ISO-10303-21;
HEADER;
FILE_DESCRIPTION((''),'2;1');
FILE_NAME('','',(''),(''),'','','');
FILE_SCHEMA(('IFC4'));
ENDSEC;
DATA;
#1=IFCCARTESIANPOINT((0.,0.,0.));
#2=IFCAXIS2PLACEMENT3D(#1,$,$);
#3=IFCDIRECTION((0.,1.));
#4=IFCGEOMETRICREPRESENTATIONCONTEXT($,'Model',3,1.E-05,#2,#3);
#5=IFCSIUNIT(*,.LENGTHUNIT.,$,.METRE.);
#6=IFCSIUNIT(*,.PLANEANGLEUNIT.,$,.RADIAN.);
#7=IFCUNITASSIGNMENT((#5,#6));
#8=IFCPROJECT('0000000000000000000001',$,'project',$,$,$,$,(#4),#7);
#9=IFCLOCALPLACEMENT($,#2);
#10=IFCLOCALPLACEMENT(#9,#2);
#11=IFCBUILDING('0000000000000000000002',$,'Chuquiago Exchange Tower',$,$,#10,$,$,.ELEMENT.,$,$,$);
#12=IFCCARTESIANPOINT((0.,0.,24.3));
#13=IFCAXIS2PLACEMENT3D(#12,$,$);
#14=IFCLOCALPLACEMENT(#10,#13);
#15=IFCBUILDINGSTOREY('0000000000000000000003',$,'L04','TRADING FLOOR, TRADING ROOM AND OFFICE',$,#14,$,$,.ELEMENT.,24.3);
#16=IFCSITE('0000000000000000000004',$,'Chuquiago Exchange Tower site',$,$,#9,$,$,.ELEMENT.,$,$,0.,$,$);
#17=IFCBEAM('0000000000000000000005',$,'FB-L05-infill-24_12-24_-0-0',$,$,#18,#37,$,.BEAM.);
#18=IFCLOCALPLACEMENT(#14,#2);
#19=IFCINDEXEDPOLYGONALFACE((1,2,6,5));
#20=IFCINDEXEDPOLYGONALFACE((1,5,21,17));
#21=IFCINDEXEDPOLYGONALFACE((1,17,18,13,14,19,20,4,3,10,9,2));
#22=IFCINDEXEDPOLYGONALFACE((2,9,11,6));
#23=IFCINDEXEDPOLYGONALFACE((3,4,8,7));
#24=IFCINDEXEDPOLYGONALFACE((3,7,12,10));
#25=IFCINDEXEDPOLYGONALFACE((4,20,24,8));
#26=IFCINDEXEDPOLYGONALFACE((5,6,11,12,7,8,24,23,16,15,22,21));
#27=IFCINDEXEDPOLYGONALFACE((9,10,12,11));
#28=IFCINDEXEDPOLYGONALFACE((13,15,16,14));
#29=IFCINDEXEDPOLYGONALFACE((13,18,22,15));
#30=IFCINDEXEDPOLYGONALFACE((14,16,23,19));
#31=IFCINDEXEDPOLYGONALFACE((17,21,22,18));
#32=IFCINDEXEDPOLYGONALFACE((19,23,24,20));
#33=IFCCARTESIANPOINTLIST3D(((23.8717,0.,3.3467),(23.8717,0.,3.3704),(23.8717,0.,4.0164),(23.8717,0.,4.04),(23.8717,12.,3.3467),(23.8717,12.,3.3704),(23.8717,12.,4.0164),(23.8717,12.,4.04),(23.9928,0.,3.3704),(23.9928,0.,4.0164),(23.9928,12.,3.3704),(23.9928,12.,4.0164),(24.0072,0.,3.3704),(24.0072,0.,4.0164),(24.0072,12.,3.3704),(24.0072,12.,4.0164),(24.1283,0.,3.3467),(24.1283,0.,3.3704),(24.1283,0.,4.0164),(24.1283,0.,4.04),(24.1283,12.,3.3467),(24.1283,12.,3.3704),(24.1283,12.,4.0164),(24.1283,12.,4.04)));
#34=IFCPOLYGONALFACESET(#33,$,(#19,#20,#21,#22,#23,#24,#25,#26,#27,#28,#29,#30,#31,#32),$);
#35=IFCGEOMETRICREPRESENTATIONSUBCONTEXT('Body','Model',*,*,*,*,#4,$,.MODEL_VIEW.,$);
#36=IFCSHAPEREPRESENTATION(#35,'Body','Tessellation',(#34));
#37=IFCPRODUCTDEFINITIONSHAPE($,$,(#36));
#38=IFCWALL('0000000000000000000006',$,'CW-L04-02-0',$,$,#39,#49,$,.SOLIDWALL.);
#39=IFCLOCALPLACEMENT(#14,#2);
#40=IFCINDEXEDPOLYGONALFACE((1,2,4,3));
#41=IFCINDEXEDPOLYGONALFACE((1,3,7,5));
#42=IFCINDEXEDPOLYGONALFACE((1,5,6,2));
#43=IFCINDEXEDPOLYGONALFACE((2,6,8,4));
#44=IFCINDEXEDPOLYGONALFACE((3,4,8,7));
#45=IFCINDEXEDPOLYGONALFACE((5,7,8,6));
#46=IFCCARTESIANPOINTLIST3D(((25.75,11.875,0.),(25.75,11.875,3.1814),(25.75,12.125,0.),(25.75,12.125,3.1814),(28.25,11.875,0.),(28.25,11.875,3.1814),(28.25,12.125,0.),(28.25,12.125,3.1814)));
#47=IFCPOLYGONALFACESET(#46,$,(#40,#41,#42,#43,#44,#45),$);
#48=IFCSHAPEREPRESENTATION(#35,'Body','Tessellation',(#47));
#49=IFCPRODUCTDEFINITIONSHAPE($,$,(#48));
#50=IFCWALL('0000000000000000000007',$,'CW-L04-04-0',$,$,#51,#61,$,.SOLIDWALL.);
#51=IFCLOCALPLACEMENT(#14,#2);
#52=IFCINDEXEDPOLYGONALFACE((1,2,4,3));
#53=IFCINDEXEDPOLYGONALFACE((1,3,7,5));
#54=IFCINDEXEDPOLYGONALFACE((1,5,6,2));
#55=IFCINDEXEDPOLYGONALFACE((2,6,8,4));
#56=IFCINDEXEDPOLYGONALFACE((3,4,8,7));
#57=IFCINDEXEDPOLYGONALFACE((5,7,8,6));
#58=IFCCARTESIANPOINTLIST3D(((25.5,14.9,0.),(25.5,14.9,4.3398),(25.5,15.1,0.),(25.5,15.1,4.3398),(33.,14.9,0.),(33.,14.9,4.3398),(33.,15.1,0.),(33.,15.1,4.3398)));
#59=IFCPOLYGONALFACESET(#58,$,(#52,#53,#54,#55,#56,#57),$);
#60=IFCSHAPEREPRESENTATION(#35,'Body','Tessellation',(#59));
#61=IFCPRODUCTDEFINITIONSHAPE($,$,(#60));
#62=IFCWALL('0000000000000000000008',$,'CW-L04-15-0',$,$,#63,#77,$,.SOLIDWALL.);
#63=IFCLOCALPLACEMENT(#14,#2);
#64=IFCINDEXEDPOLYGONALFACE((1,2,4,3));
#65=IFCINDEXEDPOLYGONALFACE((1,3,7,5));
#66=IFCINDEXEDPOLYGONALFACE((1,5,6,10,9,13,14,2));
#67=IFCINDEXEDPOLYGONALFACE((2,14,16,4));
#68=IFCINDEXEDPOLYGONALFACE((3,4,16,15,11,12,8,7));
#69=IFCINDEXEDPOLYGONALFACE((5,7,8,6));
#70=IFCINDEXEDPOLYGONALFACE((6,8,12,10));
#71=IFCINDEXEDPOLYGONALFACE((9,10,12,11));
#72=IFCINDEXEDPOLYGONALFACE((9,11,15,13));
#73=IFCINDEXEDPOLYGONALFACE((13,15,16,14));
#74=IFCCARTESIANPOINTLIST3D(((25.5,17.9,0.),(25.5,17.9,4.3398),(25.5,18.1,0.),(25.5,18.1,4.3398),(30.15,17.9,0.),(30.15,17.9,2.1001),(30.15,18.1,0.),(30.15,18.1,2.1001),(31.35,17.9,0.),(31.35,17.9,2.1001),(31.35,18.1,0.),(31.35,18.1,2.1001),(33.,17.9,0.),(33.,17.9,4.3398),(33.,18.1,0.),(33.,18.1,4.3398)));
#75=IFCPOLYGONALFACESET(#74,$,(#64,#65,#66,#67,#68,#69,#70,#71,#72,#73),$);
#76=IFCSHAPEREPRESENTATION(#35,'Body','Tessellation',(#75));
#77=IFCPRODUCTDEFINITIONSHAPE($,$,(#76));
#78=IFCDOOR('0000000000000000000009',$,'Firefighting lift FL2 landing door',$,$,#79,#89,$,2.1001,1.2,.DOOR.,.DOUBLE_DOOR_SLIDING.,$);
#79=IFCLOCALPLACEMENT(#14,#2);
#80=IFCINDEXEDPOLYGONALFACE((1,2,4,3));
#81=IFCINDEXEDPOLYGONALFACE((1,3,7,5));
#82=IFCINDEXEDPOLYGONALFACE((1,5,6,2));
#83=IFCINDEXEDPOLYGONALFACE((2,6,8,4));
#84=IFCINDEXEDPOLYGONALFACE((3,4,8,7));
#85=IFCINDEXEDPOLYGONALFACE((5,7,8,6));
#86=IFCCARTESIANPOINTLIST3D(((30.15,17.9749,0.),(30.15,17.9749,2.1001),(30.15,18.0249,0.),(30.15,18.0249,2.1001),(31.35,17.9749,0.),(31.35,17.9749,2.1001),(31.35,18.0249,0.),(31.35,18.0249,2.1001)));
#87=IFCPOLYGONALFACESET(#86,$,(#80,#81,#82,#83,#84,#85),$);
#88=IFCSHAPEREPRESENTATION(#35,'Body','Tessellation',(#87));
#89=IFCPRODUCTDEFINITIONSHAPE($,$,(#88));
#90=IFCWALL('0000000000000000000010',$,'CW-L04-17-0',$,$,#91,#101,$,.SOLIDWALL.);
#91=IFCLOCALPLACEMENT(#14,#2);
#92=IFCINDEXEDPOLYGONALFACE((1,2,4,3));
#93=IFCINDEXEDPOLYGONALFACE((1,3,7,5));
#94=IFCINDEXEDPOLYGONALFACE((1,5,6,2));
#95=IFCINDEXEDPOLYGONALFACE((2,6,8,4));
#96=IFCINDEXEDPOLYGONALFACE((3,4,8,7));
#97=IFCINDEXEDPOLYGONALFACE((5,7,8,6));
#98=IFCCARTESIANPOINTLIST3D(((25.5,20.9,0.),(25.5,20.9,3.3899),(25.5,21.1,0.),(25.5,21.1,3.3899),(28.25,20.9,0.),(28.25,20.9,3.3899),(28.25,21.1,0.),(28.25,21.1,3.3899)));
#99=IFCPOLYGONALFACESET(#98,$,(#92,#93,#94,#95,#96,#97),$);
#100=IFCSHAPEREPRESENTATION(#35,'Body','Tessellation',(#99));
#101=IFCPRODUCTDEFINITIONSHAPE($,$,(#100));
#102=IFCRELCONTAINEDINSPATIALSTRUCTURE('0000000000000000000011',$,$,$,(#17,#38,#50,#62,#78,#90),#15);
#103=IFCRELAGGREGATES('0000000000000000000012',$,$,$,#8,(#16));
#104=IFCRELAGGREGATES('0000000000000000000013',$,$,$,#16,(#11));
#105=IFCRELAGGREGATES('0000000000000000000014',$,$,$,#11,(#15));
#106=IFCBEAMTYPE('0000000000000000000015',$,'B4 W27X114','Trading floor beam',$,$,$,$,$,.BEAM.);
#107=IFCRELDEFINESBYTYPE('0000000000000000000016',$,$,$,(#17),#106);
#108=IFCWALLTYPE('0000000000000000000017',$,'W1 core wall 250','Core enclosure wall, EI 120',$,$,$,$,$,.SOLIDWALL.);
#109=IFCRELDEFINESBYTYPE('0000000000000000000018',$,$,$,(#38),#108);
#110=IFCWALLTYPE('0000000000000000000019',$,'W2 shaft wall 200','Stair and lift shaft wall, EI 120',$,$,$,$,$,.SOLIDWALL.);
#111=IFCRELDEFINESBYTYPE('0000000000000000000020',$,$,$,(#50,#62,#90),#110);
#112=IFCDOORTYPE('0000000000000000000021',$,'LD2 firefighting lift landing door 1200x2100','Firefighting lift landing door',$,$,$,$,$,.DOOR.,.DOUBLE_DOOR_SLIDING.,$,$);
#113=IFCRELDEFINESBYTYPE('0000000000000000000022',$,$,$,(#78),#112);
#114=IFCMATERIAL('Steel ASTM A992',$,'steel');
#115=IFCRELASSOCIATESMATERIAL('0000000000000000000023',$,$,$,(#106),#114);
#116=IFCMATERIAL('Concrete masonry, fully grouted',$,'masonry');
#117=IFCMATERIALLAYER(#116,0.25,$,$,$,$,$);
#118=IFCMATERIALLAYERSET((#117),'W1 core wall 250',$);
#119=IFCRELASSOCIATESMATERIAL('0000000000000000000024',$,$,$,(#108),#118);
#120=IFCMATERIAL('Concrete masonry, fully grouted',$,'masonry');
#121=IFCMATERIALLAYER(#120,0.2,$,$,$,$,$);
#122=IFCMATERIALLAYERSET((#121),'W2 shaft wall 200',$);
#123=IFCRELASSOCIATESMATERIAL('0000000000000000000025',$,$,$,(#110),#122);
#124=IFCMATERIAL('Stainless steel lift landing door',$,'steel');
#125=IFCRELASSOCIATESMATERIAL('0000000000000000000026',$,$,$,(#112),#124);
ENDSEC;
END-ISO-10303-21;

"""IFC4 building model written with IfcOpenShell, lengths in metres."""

from ifc_helpers import new_model, si_unit, direction, frame, frame_2d, origin, origin_2d, place, context, subcontext, project, spatial, rectangle, i_section, extrude, material, layer, layer_set, material_profile, profile_set, type_object, element, fill, save


model = new_model("IFC4")

# Units and contexts
model_context = context("Model", 3, precision=1e-05, world=origin(), true_north=direction((0.0, 1.0)))
body_context = subcontext(model_context, "Body", "Model", "MODEL_VIEW")
ifc_project = project(units=[si_unit("LENGTHUNIT", "METRE"), si_unit("PLANEANGLEUNIT", "RADIAN")], contexts=[model_context])

# Site, building, storey
site_placement = place(None, origin())
site = spatial("IfcSite", under=ifc_project, at=site_placement, Name="Chuquiago Exchange Tower site", CompositionType="ELEMENT", RefElevation=0.0)
building_placement = place(site_placement, origin())
building = spatial("IfcBuilding", under=site, at=building_placement, Name="Chuquiago Exchange Tower", CompositionType="ELEMENT")
storey_placement = place(building_placement, frame((0.0, 0.0, 24.3)))
storey = spatial("IfcBuildingStorey", under=building, at=storey_placement, Name="L04", Description="TRADING FLOOR, TRADING ROOM AND OFFICE", CompositionType="ELEMENT", Elevation=24.3)

# Beam
ifc_material_1 = material(Name="Steel ASTM A992", Category="steel")
ifc_material_profile_1 = material_profile(ifc_material_1, i_section(OverallWidth=0.2566, OverallDepth=0.6934, WebThickness=0.0144, FlangeThickness=0.0237, at=origin_2d()), Name="W27X114")
ifc_profile_set_1 = profile_set([ifc_material_profile_1], Name="Steel ASTM A992")
beam_type_1 = type_object("IfcBeamType", Name="B4 W27X114", Description="Trading floor beam", PredefinedType="BEAM", material=ifc_profile_set_1)
for number, where, z_axis, x_axis, name in (
    (1, (24.0, 12.0, 3.6934), (0.0, -1.0, 0.0), (1.0, 0.0, 0.0), "FB-L05-infill-24_12-24_-0-0"),
):
    element("IfcBeam", number, at=place(storey_placement, frame(where, z_axis=z_axis, x_axis=x_axis)), inside=storey, type_object=beam_type_1, Name=name, PredefinedType="BEAM", context=body_context, shape_type="SweptSolid", body=[
        extrude(i_section(OverallWidth=0.2566, OverallDepth=0.6934, WebThickness=0.0144, FlangeThickness=0.0237, at=origin_2d()), origin(), (0.0, 0.0, 1.0), 12.0),
    ])

# Walls
ifc_material_2 = material(Name="Concrete masonry, fully grouted", Category="masonry")
ifc_layer_1 = layer(ifc_material_2, 0.25)
ifc_layer_set_1 = layer_set([ifc_layer_1], Name="W1 core wall 250")
wall_type_1 = type_object("IfcWallType", Name="W1 core wall 250", Description="Core enclosure wall, EI 120", PredefinedType="SOLIDWALL", material=ifc_layer_set_1)
wall_1_placement = place(storey_placement, frame((25.75, 12.0, 0.0), z_axis=(0.0, 0.0, 1.0), x_axis=(1.0, 0.0, 0.0)))
element("IfcWall", 2, at=wall_1_placement, inside=storey, type_object=wall_type_1, Name="CW-L04-02-0", PredefinedType="SOLIDWALL", context=body_context, shape_type="SweptSolid", body=[
    extrude(rectangle(XDim=2.5, YDim=0.25, at=frame_2d((1.25, 0.0))), origin(), (0.0, 0.0, 1.0), 3.1814),
])
ifc_material_3 = material(Name="Concrete masonry, fully grouted", Category="masonry")
ifc_layer_2 = layer(ifc_material_3, 0.2)
ifc_layer_set_2 = layer_set([ifc_layer_2], Name="W2 shaft wall 200")
wall_type_2 = type_object("IfcWallType", Name="W2 shaft wall 200", Description="Stair and lift shaft wall, EI 120", PredefinedType="SOLIDWALL", material=ifc_layer_set_2)
wall_2_placement = place(storey_placement, frame((25.5, 15.0, 0.0), z_axis=(0.0, 0.0, 1.0), x_axis=(1.0, 0.0, 0.0)))
element("IfcWall", 3, at=wall_2_placement, inside=storey, type_object=wall_type_2, Name="CW-L04-04-0", PredefinedType="SOLIDWALL", context=body_context, shape_type="SweptSolid", body=[
    extrude(rectangle(XDim=7.5, YDim=0.2, at=frame_2d((3.75, 0.0))), origin(), (0.0, 0.0, 1.0), 4.3398),
])

# Wall, opening, door
wall_3_placement = place(storey_placement, frame((25.5, 18.0, 0.0), z_axis=(0.0, 0.0, 1.0), x_axis=(1.0, 0.0, 0.0)))
wall_3 = element("IfcWall", 4, at=wall_3_placement, inside=storey, type_object=wall_type_2, Name="CW-L04-15-0", PredefinedType="SOLIDWALL", context=body_context, shape_type="SweptSolid", body=[
    extrude(rectangle(XDim=7.5, YDim=0.2, at=frame_2d((3.75, 0.0))), origin(), (0.0, 0.0, 1.0), 4.3398),
])
opening_1_placement = place(wall_3_placement, frame((4.6499, 0.0, 0.0)))
opening_1 = element("IfcOpeningElement", 5, at=opening_1_placement, cuts=wall_3, PredefinedType="OPENING", context=body_context, shape_type="SweptSolid", body=[
    extrude(rectangle(XDim=1.2, YDim=2.1001, at=frame_2d((0.6001, 1.05))), frame((0.0, 0.1099, 0.0), z_axis=(0.0, -1.0, 0.0), x_axis=(1.0, 0.0, 0.0)), (0.0, 0.0, 1.0), 0.22),
])
ifc_material_4 = material(Name="Stainless steel lift landing door", Category="steel")
door_type_1 = type_object("IfcDoorType", Name="LD2 firefighting lift landing door 1200x2100", Description="Firefighting lift landing door", OperationType="DOUBLE_DOOR_SLIDING", PredefinedType="DOOR", material=ifc_material_4)
door_1_placement = place(opening_1_placement, origin())
door_1 = element("IfcDoor", 6, at=door_1_placement, inside=storey, type_object=door_type_1, Name="Firefighting lift FL2 landing door", OperationType="DOUBLE_DOOR_SLIDING", OverallHeight=2.1001, OverallWidth=1.2, PredefinedType="DOOR", context=body_context, shape_type="SweptSolid", body=[
    extrude(rectangle(XDim=1.2, YDim=2.1001, at=frame_2d((0.6001, 1.05))), frame((0.0, 0.0249, 0.0), z_axis=(0.0, -1.0, 0.0), x_axis=(1.0, 0.0, 0.0)), (0.0, 0.0, 1.0), 0.05),
])
fill(opening_1, door_1)

# Wall
wall_4_placement = place(storey_placement, frame((25.5, 21.0, 0.0), z_axis=(0.0, 0.0, 1.0), x_axis=(1.0, 0.0, 0.0)))
element("IfcWall", 7, at=wall_4_placement, inside=storey, type_object=wall_type_2, Name="CW-L04-17-0", PredefinedType="SOLIDWALL", context=body_context, shape_type="SweptSolid", body=[
    extrude(rectangle(XDim=2.75, YDim=0.2, at=frame_2d((1.375, 0.0))), origin(), (0.0, 0.0, 1.0), 3.3899),
])

save(model, "model.ifc")
